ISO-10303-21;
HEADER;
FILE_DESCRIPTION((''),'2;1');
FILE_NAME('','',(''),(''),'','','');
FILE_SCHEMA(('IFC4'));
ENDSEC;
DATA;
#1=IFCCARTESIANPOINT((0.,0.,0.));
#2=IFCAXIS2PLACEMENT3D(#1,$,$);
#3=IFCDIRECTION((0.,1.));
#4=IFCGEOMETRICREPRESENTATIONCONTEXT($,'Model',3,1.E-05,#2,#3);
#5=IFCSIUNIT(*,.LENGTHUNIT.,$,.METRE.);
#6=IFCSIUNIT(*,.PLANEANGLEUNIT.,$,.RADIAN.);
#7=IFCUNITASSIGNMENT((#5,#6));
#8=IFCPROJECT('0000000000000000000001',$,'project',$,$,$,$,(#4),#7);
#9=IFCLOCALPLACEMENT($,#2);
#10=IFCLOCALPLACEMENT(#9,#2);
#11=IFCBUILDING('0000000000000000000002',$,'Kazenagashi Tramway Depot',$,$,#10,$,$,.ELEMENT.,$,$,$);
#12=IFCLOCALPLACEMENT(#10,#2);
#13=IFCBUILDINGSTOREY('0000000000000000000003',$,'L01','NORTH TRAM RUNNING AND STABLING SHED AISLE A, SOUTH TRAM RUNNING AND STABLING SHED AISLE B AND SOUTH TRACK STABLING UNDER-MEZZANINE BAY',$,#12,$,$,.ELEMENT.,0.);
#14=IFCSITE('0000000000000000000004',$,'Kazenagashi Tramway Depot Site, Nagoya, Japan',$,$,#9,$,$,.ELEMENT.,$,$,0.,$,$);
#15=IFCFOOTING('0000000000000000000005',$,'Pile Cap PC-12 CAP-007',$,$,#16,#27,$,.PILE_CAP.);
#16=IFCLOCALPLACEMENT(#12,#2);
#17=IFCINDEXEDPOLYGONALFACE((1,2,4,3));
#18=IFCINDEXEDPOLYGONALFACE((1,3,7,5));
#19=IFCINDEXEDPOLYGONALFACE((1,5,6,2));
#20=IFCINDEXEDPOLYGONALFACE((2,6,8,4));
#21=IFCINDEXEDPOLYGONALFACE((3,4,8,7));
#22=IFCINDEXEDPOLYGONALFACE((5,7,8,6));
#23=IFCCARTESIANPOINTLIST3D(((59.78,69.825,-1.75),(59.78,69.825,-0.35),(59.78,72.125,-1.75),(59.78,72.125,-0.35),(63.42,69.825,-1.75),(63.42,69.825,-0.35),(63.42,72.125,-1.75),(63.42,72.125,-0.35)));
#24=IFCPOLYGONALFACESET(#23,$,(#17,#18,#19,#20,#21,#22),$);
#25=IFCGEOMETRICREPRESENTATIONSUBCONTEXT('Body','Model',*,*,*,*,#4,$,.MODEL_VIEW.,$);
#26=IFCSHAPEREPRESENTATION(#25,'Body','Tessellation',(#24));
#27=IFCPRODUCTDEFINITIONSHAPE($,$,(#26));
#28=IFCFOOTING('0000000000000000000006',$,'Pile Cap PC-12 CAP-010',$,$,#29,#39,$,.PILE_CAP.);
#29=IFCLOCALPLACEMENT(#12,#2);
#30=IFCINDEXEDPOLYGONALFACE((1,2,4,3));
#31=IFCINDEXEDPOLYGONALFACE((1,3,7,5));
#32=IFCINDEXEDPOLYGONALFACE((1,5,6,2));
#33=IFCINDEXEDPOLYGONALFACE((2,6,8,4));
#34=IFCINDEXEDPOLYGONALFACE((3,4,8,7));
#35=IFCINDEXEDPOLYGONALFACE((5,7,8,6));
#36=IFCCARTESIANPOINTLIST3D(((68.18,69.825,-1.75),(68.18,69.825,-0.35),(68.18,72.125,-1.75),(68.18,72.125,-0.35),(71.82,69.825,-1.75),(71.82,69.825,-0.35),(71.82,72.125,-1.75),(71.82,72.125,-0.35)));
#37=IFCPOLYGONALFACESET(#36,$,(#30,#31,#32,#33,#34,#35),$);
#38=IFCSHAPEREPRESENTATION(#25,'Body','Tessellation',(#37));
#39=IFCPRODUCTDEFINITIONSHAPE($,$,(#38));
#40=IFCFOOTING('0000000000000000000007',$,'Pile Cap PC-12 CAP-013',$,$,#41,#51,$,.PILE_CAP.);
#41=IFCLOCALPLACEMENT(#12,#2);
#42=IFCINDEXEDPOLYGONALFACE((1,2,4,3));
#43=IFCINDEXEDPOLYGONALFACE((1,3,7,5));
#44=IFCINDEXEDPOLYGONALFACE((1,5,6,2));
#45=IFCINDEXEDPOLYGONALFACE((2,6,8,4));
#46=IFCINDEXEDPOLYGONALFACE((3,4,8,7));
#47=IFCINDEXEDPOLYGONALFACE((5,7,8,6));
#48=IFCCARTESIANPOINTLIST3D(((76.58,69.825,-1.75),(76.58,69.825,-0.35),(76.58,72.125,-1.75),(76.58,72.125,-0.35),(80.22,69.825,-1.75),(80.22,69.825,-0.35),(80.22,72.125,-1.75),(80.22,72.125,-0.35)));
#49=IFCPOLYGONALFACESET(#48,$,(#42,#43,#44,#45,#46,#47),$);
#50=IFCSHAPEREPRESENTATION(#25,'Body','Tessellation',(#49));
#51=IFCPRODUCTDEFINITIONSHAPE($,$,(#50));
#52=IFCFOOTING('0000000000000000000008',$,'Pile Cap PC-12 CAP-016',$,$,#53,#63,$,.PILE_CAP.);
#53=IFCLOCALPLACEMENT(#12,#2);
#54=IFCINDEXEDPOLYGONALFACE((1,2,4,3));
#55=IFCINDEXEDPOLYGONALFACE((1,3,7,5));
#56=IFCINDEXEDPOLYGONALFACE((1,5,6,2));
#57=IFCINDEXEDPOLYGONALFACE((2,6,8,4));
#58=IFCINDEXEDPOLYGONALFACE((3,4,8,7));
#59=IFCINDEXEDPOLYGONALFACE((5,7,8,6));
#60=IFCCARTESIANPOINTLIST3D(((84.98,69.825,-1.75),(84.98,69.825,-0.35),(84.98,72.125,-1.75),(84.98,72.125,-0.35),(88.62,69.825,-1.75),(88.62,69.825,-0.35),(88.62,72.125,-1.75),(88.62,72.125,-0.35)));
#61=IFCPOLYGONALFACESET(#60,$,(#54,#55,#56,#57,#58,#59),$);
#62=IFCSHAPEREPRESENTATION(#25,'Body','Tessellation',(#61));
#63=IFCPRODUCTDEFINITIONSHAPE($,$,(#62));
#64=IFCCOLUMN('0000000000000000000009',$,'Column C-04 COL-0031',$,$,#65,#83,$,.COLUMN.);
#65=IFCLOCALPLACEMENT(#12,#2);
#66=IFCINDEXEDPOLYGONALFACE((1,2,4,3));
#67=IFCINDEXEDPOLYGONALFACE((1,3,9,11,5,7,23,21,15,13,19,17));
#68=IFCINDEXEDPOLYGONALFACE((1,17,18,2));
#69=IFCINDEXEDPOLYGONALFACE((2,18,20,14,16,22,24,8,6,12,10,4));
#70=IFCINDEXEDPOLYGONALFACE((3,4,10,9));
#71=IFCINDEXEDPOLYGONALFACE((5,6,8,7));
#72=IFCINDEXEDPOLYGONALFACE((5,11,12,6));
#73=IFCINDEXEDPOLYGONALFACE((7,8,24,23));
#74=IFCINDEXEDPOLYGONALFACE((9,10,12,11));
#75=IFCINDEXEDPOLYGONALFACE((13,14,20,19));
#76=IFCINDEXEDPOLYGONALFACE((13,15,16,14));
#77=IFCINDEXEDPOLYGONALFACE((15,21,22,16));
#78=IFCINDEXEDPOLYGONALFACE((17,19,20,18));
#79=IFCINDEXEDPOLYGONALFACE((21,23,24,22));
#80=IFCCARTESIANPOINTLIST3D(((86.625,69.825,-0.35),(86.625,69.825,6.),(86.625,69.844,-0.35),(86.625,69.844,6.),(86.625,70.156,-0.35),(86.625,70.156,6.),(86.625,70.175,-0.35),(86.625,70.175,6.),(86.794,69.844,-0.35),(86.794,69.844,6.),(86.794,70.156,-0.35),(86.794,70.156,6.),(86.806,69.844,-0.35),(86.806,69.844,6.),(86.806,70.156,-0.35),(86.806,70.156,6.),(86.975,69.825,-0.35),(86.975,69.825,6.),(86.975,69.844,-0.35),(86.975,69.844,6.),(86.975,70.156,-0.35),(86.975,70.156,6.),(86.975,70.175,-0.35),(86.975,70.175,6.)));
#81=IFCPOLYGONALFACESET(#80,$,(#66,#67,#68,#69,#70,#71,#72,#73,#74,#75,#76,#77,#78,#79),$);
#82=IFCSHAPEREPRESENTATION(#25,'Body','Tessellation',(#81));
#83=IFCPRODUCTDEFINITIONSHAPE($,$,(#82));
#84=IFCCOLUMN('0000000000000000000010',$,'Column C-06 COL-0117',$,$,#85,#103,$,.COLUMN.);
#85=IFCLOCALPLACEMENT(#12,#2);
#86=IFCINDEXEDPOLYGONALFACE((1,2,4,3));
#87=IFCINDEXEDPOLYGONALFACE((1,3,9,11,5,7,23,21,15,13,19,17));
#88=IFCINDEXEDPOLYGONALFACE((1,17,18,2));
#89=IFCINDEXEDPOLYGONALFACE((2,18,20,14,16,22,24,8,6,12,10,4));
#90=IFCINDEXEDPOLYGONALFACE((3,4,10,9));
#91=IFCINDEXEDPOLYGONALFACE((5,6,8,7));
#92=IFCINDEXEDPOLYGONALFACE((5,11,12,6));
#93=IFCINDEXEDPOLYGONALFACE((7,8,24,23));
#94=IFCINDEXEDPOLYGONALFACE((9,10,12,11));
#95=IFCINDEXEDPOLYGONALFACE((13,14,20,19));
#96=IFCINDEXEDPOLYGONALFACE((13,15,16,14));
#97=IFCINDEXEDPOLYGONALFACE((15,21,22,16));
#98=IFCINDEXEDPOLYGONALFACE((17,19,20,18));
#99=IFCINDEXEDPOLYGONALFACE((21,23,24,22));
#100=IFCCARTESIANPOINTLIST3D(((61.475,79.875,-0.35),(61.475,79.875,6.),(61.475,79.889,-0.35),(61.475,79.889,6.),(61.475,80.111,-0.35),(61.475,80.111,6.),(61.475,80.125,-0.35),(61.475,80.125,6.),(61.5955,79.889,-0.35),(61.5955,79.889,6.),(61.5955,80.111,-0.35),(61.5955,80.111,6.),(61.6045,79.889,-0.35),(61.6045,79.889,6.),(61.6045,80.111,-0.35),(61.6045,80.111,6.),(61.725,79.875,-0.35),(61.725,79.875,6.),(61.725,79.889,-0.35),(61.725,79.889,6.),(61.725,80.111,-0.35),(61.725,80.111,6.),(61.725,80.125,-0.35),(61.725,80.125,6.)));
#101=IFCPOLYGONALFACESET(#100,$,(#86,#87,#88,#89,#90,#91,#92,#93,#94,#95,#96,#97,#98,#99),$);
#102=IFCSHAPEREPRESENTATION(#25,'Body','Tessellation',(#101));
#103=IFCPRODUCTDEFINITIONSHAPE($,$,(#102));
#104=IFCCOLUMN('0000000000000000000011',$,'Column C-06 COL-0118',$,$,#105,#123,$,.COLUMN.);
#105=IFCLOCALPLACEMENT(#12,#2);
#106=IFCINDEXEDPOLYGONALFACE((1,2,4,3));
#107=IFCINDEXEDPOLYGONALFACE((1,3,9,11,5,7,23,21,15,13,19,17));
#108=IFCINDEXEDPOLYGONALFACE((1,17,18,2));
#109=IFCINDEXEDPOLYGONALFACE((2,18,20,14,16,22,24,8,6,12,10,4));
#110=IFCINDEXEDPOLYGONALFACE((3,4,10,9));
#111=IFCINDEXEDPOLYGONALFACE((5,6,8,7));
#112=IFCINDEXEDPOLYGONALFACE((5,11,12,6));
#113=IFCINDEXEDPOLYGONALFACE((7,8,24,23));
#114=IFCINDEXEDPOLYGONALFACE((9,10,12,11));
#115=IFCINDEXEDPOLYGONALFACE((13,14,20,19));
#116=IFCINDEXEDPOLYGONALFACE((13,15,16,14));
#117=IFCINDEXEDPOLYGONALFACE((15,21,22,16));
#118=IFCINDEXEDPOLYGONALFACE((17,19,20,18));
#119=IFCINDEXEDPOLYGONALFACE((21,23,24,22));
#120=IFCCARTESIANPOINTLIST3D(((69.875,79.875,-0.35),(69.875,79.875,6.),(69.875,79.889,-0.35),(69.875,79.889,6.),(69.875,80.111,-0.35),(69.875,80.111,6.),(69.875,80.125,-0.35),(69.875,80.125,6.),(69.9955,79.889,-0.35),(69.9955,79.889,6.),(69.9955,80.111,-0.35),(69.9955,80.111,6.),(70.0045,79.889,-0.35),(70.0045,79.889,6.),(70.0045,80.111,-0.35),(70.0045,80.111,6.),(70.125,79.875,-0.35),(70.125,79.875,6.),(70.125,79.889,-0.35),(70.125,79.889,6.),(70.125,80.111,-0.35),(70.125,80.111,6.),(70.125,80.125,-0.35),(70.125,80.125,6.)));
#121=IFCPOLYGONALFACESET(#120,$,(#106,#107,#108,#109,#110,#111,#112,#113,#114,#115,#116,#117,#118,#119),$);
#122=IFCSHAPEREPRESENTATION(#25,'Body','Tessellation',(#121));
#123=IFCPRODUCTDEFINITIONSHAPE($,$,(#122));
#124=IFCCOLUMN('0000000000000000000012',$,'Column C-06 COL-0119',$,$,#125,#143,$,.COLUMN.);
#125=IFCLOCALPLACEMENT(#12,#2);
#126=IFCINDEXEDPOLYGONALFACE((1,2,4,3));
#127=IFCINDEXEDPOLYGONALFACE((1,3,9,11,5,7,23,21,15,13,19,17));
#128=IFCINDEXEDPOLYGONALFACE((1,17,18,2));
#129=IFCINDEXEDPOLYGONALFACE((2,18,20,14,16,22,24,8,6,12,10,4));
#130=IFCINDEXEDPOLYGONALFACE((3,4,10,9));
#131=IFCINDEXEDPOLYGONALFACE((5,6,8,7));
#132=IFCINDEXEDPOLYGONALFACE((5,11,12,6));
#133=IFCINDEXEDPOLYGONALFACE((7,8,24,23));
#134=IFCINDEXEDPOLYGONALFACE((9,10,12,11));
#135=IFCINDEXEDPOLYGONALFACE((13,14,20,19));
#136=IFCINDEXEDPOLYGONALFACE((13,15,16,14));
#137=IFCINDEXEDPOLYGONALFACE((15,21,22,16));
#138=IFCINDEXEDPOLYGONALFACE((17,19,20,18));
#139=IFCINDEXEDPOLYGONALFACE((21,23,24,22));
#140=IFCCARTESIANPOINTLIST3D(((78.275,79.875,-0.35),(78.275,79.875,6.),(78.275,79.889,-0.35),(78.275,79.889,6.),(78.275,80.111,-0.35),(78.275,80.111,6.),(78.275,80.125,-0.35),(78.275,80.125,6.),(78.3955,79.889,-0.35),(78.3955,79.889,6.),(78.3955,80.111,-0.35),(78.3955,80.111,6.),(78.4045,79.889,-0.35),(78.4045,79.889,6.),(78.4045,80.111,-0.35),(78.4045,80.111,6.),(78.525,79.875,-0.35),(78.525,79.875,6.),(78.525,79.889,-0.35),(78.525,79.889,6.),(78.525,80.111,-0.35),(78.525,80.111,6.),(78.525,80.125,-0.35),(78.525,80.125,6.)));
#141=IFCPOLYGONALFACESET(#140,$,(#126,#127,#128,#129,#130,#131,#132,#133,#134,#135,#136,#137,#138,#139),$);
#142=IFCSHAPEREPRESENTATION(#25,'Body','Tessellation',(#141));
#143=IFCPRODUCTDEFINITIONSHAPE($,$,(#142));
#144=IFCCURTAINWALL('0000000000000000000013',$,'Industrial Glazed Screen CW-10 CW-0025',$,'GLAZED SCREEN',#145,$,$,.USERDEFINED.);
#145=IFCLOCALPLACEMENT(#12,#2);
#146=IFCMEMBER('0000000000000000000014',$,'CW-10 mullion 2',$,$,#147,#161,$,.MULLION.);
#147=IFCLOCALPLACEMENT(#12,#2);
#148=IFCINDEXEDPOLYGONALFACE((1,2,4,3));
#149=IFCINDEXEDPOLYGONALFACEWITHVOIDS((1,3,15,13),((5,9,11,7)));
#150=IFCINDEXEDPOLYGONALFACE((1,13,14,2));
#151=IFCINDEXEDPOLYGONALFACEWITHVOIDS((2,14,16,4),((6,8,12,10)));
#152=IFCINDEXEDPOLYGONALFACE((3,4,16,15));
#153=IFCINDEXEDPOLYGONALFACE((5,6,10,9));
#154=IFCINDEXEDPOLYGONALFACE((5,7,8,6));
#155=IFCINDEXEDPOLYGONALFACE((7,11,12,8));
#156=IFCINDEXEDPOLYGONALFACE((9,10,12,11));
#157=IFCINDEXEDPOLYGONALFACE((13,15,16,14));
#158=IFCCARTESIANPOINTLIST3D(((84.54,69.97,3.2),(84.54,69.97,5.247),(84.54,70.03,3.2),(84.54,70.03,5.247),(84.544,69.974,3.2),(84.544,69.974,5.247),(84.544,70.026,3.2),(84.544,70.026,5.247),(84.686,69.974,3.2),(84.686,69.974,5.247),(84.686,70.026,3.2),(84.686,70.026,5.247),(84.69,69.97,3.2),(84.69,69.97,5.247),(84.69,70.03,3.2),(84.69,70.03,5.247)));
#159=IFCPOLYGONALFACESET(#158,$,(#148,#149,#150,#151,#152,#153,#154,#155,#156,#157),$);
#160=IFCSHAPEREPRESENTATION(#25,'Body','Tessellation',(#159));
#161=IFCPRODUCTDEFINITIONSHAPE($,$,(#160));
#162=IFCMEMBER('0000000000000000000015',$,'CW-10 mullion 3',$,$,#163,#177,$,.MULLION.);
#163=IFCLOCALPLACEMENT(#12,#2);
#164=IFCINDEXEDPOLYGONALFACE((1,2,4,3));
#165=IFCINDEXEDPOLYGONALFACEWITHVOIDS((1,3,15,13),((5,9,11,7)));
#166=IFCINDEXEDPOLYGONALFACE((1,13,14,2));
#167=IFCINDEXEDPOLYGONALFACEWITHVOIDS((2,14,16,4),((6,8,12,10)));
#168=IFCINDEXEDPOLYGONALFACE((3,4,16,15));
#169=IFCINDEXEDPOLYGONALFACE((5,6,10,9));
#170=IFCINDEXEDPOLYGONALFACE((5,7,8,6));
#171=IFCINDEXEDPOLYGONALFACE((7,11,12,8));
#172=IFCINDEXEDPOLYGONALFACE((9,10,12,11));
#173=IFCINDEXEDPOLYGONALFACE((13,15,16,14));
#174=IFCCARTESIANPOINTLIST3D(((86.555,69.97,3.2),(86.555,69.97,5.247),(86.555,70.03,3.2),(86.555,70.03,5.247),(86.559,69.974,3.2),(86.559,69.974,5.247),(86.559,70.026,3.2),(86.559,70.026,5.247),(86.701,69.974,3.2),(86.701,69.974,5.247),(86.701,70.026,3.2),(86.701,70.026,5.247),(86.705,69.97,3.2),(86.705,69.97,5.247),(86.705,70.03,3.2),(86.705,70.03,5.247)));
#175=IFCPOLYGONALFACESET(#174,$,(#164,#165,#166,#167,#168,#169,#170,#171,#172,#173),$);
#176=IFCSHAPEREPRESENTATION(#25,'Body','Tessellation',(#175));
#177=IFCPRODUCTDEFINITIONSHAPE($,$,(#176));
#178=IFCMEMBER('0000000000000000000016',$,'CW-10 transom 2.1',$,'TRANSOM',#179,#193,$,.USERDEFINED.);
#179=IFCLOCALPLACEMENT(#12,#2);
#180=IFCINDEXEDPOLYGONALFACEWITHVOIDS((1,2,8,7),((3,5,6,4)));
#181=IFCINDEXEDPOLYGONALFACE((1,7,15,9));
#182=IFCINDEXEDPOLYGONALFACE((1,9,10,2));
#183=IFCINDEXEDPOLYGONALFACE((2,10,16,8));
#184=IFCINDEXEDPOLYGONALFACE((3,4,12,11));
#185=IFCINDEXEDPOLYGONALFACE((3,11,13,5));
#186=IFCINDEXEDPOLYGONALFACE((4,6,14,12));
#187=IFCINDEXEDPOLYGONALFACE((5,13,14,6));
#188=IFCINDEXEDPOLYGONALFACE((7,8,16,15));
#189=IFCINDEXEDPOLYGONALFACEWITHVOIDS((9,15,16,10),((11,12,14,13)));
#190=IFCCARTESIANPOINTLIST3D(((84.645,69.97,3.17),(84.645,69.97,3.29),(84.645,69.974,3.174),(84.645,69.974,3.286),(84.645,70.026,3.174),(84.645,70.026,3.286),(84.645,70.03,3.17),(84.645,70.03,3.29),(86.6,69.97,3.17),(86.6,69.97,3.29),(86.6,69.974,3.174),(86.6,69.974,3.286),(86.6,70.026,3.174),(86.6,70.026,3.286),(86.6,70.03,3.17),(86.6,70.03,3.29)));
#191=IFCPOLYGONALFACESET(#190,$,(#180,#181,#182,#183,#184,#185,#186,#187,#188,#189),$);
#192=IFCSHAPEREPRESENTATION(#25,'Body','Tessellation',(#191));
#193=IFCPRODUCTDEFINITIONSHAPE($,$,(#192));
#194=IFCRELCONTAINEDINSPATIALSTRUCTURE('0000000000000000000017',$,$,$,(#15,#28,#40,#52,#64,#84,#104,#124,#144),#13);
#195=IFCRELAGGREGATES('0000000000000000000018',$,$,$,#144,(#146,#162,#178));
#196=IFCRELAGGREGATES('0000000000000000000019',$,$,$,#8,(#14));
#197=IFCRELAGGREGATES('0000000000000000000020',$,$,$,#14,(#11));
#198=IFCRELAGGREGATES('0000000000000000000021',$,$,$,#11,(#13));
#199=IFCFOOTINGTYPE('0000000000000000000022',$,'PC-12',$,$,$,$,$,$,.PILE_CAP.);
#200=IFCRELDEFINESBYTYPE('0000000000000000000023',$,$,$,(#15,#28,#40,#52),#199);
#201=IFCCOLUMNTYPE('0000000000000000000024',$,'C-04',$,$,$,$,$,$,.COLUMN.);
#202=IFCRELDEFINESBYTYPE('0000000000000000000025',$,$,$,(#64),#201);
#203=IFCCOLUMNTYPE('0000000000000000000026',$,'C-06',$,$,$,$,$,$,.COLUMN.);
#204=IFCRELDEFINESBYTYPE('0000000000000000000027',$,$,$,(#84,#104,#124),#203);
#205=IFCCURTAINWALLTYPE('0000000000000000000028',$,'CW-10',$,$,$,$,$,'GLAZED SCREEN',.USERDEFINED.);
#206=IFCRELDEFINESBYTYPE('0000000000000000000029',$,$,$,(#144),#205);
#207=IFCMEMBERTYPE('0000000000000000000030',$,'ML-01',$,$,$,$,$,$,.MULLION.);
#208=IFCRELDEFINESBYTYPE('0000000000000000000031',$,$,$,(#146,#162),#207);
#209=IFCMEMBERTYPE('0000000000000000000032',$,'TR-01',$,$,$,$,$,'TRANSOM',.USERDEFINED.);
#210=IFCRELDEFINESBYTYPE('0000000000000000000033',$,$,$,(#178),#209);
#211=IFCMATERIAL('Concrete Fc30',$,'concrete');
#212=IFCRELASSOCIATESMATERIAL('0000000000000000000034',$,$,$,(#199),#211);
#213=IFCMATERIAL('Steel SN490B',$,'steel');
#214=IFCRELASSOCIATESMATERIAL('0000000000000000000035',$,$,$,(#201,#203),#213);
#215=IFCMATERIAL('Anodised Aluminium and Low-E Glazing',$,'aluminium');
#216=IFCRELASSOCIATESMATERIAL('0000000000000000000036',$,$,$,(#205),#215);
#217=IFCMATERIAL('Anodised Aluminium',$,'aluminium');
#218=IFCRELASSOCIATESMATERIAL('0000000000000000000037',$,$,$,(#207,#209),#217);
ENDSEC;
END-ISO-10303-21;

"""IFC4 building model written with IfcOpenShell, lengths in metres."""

from ifc_helpers import new_model, si_unit, direction, frame, origin, origin_2d, place, context, subcontext, project, spatial, rectangle, hollow_rectangle, i_section, extrude, material, material_profile, profile_set, type_object, element, aggregate, save


model = new_model("IFC4")

# Units and contexts
model_context = context("Model", 3, precision=1e-05, world=origin(), true_north=direction((0.0, 1.0)))
body_context = subcontext(model_context, "Body", "Model", "MODEL_VIEW")
ifc_project = project(units=[si_unit("LENGTHUNIT", "METRE"), si_unit("PLANEANGLEUNIT", "RADIAN")], contexts=[model_context])

# Site, building, storey
site_placement = place(None, origin())
site = spatial("IfcSite", under=ifc_project, at=site_placement, Name="Kazenagashi Tramway Depot Site, Nagoya, Japan", CompositionType="ELEMENT", RefElevation=0.0)
building_placement = place(site_placement, origin())
building = spatial("IfcBuilding", under=site, at=building_placement, Name="Kazenagashi Tramway Depot", CompositionType="ELEMENT")
storey_placement = place(building_placement, origin())
storey = spatial("IfcBuildingStorey", under=building, at=storey_placement, Name="L01", Description="NORTH TRAM RUNNING AND STABLING SHED AISLE A, SOUTH TRAM RUNNING AND STABLING SHED AISLE B AND SOUTH TRACK STABLING UNDER-MEZZANINE BAY", CompositionType="ELEMENT", Elevation=0.0)

# Shared definitions
ifc_material_1 = material(Name="Concrete Fc30", Category="concrete")

# Footings
footing_type_1 = type_object("IfcFootingType", Name="PC-12", PredefinedType="PILE_CAP", material=ifc_material_1)
for number, where, z_axis, x_axis, name in (
    (1, (61.6, 70.975, -1.75), (0.0, 0.0, 1.0), (1.0, 0.0, 0.0), "Pile Cap PC-12 CAP-007"),
    (2, (70.0, 70.975, -1.75), (0.0, 0.0, 1.0), (1.0, 0.0, 0.0), "Pile Cap PC-12 CAP-010"),
    (3, (78.4, 70.975, -1.75), (0.0, 0.0, 1.0), (1.0, 0.0, 0.0), "Pile Cap PC-12 CAP-013"),
    (4, (86.8, 70.975, -1.75), (0.0, 0.0, 1.0), (1.0, 0.0, 0.0), "Pile Cap PC-12 CAP-016"),
):
    element("IfcFooting", number, at=place(storey_placement, frame(where, z_axis=z_axis, x_axis=x_axis)), inside=storey, type_object=footing_type_1, Name=name, PredefinedType="PILE_CAP", context=body_context, shape_type="SweptSolid", body=[
        extrude(rectangle(XDim=3.64, YDim=2.3, at=origin_2d()), origin(), (0.0, 0.0, 1.0), 1.4),
    ])

# Columns
ifc_material_2 = material(Name="Steel SN490B", Category="steel")
ifc_material_profile_1 = material_profile(ifc_material_2, i_section(OverallWidth=0.35, OverallDepth=0.35, WebThickness=0.012, FlangeThickness=0.019, at=origin_2d()), Name="H-350x350x12x19")
ifc_profile_set_1 = profile_set([ifc_material_profile_1], Name="Steel SN490B")
column_type_1 = type_object("IfcColumnType", Name="C-04", PredefinedType="COLUMN", material=ifc_profile_set_1)
column_placement = place(storey_placement, frame((86.8, 70.0, -0.35), z_axis=(0.0, 0.0, 1.0), x_axis=(1.0, 0.0, 0.0)))
element("IfcColumn", 5, at=column_placement, inside=storey, type_object=column_type_1, Name="Column C-04 COL-0031", PredefinedType="COLUMN", context=body_context, shape_type="SweptSolid", body=[
    extrude(i_section(OverallWidth=0.35, OverallDepth=0.35, WebThickness=0.012, FlangeThickness=0.019, at=origin_2d()), origin(), (0.0, 0.0, 1.0), 6.35),
])
ifc_material_profile_2 = material_profile(ifc_material_2, i_section(OverallWidth=0.25, OverallDepth=0.25, WebThickness=0.009, FlangeThickness=0.014, at=origin_2d()), Name="H-250x250x9x14")
ifc_profile_set_2 = profile_set([ifc_material_profile_2], Name="Steel SN490B")
column_type_2 = type_object("IfcColumnType", Name="C-06", PredefinedType="COLUMN", material=ifc_profile_set_2)
for number, where, z_axis, x_axis, name in (
    (6, (61.6, 80.0, -0.35), (0.0, 0.0, 1.0), (1.0, 0.0, 0.0), "Column C-06 COL-0117"),
    (7, (70.0, 80.0, -0.35), (0.0, 0.0, 1.0), (1.0, 0.0, 0.0), "Column C-06 COL-0118"),
    (8, (78.4, 80.0, -0.35), (0.0, 0.0, 1.0), (1.0, 0.0, 0.0), "Column C-06 COL-0119"),
):
    element("IfcColumn", number, at=place(storey_placement, frame(where, z_axis=z_axis, x_axis=x_axis)), inside=storey, type_object=column_type_2, Name=name, PredefinedType="COLUMN", context=body_context, shape_type="SweptSolid", body=[
        extrude(i_section(OverallWidth=0.25, OverallDepth=0.25, WebThickness=0.009, FlangeThickness=0.014, at=origin_2d()), origin(), (0.0, 0.0, 1.0), 6.35),
    ])

# Curtain wall, members
ifc_material_3 = material(Name="Anodised Aluminium and Low-E Glazing", Category="aluminium")
curtain_wall_type = type_object("IfcCurtainWallType", Name="CW-10", ElementType="GLAZED SCREEN", PredefinedType="USERDEFINED", material=ifc_material_3)
curtain_wall_placement = place(storey_placement, origin())
curtain_wall = element("IfcCurtainWall", 9, at=curtain_wall_placement, inside=storey, type_object=curtain_wall_type, Name="Industrial Glazed Screen CW-10 CW-0025", ObjectType="GLAZED SCREEN", PredefinedType="USERDEFINED")
ifc_material_4 = material(Name="Anodised Aluminium", Category="aluminium")
ifc_material_profile_3 = material_profile(ifc_material_4, hollow_rectangle(XDim=0.06, YDim=0.15, WallThickness=0.004, at=origin_2d()), Name="RHS-150x60x4")
ifc_profile_set_3 = profile_set([ifc_material_profile_3], Name="Anodised Aluminium")
member_type_1 = type_object("IfcMemberType", Name="ML-01", PredefinedType="MULLION", material=ifc_profile_set_3)
member_1_placement = place(storey_placement, frame((84.615, 70.0, 3.2), z_axis=(0.0, 0.0, 1.0), x_axis=(0.0, 1.0, 0.0)))
member_1 = element("IfcMember", 10, at=member_1_placement, type_object=member_type_1, Name="CW-10 mullion 2", PredefinedType="MULLION", context=body_context, shape_type="SweptSolid", body=[
    extrude(hollow_rectangle(XDim=0.06, YDim=0.15, WallThickness=0.004, at=origin_2d()), origin(), (0.0, 0.0, 1.0), 2.047),
])
member_2_placement = place(storey_placement, frame((86.63, 70.0, 3.2), z_axis=(0.0, 0.0, 1.0), x_axis=(0.0, 1.0, 0.0)))
member_2 = element("IfcMember", 11, at=member_2_placement, type_object=member_type_1, Name="CW-10 mullion 3", PredefinedType="MULLION", context=body_context, shape_type="SweptSolid", body=[
    extrude(hollow_rectangle(XDim=0.06, YDim=0.15, WallThickness=0.004, at=origin_2d()), origin(), (0.0, 0.0, 1.0), 2.047),
])
ifc_material_profile_4 = material_profile(ifc_material_4, hollow_rectangle(XDim=0.06, YDim=0.12, WallThickness=0.004, at=origin_2d()), Name="RHS-120x60x4")
ifc_profile_set_4 = profile_set([ifc_material_profile_4], Name="Anodised Aluminium")
member_type_2 = type_object("IfcMemberType", Name="TR-01", ElementType="TRANSOM", PredefinedType="USERDEFINED", material=ifc_profile_set_4)
member_3_placement = place(storey_placement, frame((84.645, 70.0, 3.23), z_axis=(1.0, 0.0, 0.0), x_axis=(0.0, 1.0, 0.0)))
member_3 = element("IfcMember", 12, at=member_3_placement, type_object=member_type_2, Name="CW-10 transom 2.1", ObjectType="TRANSOM", PredefinedType="USERDEFINED", context=body_context, shape_type="SweptSolid", body=[
    extrude(hollow_rectangle(XDim=0.06, YDim=0.12, WallThickness=0.004, at=origin_2d()), origin(), (0.0, 0.0, 1.0), 1.955),
])
aggregate(curtain_wall, [member_1, member_2, member_3])

save(model, "model.ifc")
